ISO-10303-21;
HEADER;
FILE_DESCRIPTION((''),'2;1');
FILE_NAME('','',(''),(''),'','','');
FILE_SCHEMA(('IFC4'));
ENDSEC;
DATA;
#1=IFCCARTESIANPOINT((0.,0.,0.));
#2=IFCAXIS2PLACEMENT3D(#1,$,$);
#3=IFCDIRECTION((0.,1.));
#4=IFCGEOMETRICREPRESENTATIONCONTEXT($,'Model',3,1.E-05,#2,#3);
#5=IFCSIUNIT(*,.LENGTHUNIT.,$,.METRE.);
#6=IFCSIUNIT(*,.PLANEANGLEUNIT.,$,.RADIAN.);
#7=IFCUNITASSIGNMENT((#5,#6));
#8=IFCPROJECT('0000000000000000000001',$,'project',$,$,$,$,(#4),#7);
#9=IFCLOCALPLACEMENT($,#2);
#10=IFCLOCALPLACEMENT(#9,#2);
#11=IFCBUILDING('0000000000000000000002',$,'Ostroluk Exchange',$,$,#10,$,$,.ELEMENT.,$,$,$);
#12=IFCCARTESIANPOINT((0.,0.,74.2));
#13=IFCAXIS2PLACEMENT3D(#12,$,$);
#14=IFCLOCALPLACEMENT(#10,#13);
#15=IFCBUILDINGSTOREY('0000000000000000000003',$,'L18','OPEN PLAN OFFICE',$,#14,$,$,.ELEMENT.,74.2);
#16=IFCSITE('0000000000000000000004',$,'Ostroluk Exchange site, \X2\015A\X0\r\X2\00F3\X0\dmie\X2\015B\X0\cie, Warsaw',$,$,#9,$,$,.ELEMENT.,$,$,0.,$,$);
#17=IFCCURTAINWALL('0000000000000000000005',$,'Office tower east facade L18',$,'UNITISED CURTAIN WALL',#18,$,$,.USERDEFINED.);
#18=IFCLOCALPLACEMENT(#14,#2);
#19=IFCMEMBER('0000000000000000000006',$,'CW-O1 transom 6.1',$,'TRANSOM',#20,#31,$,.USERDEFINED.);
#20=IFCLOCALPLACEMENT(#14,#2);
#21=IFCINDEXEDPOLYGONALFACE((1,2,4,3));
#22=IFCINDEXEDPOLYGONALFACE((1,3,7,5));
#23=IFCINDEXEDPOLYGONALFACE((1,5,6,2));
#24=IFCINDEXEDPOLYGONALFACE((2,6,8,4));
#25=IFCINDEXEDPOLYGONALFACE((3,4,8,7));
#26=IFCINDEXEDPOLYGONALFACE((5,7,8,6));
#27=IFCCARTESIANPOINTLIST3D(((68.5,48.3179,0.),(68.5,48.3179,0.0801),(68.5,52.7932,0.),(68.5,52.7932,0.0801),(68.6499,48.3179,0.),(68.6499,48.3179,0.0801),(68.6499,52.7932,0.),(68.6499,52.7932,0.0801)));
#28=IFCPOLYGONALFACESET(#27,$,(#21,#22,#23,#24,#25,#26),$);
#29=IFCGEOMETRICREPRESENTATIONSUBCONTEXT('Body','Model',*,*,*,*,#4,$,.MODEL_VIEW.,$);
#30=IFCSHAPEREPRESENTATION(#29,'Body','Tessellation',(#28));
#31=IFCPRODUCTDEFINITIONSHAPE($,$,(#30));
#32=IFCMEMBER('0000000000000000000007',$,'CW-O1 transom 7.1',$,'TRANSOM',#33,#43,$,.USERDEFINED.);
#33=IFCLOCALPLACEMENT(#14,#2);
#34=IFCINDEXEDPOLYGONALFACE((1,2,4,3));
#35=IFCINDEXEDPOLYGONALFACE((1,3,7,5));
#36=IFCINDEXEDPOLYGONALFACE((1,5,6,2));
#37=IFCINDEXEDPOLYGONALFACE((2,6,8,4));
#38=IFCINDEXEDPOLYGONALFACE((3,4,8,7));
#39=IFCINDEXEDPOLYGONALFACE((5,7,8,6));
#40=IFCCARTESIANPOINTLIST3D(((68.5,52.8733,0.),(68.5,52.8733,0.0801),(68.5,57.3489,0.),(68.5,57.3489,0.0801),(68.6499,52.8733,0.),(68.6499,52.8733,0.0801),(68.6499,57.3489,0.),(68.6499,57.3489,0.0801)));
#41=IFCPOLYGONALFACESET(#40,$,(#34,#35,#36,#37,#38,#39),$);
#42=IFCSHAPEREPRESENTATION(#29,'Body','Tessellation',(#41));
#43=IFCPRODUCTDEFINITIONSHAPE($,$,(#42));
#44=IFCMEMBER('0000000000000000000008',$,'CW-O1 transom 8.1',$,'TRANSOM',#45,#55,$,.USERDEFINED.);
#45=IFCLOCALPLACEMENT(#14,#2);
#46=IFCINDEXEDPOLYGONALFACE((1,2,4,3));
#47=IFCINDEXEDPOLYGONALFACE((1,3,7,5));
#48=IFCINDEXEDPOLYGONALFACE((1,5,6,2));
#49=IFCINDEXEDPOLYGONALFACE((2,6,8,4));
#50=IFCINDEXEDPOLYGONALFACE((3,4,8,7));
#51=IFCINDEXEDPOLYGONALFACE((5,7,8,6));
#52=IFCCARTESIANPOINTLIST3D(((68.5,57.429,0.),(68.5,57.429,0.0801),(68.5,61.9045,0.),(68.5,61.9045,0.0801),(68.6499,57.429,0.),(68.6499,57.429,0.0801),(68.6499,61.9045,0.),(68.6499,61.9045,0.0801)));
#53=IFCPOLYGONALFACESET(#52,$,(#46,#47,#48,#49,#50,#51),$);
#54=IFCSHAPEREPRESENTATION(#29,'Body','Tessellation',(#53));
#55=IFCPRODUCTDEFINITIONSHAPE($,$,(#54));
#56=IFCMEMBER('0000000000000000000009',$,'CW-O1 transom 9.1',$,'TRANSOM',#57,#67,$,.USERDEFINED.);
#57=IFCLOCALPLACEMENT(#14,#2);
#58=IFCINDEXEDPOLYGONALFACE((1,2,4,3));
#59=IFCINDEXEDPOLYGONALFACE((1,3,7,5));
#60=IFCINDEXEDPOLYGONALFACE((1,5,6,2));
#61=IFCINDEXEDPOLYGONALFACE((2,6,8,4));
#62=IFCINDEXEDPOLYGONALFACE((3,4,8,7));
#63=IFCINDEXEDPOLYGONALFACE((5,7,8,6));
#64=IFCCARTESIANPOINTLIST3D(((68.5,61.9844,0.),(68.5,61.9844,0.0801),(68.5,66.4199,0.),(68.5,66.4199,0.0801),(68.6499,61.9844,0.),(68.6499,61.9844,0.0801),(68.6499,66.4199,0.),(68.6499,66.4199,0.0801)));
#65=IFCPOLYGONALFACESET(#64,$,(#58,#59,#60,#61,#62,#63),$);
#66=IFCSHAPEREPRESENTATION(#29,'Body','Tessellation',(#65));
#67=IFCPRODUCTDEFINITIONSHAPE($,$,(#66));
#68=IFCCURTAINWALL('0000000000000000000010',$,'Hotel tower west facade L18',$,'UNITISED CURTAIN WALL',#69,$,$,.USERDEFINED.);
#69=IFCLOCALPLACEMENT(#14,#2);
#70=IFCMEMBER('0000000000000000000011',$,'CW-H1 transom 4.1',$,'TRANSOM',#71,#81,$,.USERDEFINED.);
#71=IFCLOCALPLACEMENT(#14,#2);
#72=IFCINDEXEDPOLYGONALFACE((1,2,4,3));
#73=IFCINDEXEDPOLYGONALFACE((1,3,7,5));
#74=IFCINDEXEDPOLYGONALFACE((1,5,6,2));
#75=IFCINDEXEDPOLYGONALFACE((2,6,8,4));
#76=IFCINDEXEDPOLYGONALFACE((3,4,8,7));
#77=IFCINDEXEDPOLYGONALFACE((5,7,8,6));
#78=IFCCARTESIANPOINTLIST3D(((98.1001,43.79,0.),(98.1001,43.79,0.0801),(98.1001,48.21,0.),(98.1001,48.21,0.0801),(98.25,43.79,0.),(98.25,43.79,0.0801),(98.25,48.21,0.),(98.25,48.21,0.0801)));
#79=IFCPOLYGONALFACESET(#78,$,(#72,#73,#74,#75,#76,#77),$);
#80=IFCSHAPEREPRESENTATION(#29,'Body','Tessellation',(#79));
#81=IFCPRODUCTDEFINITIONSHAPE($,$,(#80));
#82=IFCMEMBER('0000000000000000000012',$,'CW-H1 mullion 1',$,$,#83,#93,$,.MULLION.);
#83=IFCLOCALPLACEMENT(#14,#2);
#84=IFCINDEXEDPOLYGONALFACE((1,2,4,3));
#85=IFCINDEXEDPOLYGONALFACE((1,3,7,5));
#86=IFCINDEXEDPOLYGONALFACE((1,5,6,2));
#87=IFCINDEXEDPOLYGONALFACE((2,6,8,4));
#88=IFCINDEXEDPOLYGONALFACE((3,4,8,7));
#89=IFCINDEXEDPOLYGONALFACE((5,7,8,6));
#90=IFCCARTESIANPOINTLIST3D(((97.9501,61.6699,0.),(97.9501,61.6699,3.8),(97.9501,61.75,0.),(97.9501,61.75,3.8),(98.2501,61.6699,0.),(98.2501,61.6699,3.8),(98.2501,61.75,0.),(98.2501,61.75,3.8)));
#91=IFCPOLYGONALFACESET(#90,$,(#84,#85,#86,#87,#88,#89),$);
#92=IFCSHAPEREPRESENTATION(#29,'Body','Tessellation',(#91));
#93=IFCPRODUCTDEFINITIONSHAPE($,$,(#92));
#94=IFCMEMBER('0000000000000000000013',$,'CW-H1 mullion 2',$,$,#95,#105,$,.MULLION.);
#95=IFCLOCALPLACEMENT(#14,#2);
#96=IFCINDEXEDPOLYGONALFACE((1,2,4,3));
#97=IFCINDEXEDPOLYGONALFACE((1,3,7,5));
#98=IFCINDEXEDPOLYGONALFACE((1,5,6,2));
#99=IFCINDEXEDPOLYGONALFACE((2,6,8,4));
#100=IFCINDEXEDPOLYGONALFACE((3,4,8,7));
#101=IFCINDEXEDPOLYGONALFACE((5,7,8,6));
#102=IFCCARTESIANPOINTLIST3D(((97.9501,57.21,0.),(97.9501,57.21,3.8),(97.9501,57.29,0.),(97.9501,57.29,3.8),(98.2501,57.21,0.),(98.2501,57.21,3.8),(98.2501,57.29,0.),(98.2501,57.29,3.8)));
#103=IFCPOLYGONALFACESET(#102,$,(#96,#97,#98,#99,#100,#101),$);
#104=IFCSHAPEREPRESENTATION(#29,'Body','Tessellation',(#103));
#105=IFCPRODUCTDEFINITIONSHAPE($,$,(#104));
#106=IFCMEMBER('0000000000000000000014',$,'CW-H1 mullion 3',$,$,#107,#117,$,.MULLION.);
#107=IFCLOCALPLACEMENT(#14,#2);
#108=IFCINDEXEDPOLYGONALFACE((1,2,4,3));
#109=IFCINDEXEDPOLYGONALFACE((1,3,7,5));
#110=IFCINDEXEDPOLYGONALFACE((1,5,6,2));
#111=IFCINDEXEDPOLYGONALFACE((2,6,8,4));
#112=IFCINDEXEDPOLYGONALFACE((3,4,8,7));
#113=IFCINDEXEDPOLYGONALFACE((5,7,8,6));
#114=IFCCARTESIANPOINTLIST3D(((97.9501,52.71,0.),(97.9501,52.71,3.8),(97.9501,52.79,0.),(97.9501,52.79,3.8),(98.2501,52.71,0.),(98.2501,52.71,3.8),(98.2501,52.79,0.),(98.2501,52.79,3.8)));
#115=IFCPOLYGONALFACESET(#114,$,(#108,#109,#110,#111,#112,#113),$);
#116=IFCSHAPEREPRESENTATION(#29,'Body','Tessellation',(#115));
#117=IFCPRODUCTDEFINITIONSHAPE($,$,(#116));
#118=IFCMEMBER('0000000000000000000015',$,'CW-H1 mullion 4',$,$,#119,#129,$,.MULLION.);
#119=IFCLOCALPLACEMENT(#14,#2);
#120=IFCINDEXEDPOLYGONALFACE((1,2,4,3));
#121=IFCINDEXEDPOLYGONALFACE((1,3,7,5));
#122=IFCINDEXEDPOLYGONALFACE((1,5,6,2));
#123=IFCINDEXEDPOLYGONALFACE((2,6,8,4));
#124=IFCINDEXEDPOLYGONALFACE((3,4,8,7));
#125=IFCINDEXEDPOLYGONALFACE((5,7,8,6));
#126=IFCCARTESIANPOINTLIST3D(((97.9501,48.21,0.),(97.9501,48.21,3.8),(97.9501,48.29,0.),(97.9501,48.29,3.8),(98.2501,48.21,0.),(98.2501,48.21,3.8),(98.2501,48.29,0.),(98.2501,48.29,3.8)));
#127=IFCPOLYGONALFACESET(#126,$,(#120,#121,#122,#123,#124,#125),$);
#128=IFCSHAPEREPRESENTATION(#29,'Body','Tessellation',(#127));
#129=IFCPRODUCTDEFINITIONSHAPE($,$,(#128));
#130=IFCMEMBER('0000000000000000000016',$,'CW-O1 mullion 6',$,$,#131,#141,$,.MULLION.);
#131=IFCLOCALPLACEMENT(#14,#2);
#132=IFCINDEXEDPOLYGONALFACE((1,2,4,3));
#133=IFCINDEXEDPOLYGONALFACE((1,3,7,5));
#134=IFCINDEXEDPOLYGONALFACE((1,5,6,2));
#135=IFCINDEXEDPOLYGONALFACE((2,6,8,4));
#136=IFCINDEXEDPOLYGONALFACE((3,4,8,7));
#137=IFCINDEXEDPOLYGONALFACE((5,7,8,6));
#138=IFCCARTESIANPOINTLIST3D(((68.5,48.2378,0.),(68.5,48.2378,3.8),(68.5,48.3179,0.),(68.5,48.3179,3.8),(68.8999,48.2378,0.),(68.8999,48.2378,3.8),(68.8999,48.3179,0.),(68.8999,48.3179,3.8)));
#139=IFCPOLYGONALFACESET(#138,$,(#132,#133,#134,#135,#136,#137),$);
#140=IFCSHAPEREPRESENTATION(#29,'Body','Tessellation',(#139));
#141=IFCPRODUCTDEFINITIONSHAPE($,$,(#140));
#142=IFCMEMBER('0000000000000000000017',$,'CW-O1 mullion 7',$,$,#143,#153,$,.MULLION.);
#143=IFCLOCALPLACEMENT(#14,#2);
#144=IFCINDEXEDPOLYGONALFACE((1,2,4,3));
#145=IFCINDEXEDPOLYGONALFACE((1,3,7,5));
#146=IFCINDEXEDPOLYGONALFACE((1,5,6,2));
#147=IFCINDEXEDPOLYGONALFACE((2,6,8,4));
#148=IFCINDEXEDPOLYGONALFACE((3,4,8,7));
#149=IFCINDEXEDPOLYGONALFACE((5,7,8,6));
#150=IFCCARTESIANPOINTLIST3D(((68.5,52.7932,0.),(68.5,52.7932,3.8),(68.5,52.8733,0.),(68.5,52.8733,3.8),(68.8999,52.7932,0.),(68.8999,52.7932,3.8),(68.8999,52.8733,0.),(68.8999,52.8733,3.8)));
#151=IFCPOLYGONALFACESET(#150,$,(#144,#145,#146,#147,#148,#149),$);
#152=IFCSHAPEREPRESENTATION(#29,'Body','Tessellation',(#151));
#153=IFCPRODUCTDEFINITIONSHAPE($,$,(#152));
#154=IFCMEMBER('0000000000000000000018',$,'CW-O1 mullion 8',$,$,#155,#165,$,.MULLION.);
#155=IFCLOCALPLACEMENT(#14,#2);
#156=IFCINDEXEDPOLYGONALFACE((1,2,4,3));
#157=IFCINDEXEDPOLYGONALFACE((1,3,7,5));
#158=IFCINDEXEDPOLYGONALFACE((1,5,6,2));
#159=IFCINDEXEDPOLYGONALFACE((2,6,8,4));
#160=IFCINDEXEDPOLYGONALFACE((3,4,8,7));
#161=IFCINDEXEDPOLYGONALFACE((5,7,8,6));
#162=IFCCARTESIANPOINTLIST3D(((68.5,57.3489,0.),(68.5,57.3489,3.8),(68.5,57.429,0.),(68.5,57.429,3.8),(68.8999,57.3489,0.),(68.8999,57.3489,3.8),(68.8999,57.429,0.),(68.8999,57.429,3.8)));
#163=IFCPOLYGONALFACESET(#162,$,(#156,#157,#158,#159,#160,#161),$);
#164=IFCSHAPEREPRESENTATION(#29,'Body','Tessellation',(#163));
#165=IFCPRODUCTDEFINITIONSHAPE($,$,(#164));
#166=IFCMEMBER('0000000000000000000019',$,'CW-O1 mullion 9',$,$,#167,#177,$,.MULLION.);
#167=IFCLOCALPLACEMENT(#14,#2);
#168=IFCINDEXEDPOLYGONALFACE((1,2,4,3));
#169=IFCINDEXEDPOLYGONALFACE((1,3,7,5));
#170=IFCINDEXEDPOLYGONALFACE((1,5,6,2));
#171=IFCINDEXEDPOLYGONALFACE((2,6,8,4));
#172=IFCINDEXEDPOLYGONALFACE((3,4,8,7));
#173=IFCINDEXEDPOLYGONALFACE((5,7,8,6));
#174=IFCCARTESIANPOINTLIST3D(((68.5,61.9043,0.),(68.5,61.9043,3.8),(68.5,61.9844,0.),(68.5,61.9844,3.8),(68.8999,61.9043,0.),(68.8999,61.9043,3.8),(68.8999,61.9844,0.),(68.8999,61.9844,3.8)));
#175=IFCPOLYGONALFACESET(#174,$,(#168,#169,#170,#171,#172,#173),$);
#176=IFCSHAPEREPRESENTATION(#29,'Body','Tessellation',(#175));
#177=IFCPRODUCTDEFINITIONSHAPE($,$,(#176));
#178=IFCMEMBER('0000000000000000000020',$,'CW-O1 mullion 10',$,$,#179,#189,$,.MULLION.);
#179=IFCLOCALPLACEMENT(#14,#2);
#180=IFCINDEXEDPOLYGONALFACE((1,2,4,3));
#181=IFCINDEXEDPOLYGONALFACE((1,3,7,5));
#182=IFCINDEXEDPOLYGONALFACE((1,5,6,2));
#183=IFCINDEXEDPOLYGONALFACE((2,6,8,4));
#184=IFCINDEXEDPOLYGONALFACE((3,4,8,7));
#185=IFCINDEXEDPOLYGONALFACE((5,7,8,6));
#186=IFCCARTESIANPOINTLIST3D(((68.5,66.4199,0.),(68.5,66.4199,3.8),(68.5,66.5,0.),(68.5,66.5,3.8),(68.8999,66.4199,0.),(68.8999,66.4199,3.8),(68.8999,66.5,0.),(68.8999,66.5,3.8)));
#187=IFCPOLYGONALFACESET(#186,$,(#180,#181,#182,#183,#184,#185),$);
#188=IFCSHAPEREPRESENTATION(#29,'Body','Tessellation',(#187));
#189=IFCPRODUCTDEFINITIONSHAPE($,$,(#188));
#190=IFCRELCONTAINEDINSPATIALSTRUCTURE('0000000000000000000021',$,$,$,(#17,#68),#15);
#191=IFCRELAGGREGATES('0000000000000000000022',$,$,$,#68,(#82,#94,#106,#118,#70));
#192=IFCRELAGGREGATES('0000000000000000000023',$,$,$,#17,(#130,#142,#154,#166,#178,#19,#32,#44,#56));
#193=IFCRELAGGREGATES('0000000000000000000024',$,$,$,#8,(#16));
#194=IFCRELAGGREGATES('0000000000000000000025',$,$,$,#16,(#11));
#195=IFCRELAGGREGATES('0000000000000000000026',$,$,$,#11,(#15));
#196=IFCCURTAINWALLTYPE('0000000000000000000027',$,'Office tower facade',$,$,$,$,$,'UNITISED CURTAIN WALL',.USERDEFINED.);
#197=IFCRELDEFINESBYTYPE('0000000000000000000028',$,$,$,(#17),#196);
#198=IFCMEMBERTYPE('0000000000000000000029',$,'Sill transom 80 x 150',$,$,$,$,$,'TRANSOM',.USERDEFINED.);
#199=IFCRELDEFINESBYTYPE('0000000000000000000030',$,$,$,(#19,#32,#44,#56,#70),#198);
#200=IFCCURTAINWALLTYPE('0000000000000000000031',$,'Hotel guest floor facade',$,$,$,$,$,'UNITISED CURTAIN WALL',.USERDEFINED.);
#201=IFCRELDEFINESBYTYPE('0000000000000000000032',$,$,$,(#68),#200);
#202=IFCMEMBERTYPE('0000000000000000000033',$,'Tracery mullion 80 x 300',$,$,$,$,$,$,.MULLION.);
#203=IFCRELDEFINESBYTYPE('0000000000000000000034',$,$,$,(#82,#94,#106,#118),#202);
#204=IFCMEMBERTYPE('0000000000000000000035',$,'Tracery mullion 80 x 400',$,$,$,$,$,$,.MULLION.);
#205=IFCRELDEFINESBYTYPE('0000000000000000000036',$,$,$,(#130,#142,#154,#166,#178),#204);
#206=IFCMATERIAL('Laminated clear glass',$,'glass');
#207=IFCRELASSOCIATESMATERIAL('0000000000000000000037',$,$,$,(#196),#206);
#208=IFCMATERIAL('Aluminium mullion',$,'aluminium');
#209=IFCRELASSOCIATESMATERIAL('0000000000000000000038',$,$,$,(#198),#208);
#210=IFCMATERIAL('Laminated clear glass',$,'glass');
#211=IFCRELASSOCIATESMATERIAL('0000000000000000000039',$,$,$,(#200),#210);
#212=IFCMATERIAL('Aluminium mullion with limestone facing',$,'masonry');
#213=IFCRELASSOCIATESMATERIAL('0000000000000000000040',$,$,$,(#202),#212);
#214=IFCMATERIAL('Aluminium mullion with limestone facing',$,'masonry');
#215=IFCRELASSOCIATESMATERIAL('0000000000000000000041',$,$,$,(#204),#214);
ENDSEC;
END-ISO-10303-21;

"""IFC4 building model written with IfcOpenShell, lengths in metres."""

from ifc_helpers import new_model, si_unit, direction, frame, origin, origin_2d, place, context, subcontext, project, spatial, rectangle, extrude, material, material_profile, profile_set, type_object, element, aggregate, save


model = new_model("IFC4")

# Units and contexts
model_context = context("Model", 3, precision=1e-05, world=origin(), true_north=direction((0.0, 1.0)))
body_context = subcontext(model_context, "Body", "Model", "MODEL_VIEW")
ifc_project = project(units=[si_unit("LENGTHUNIT", "METRE"), si_unit("PLANEANGLEUNIT", "RADIAN")], contexts=[model_context])

# Site, building, storey
site_placement = place(None, origin())
site = spatial("IfcSite", under=ifc_project, at=site_placement, Name="Ostroluk Exchange site, Śródmieście, Warsaw", CompositionType="ELEMENT", RefElevation=0.0)
building_placement = place(site_placement, origin())
building = spatial("IfcBuilding", under=site, at=building_placement, Name="Ostroluk Exchange", CompositionType="ELEMENT")
storey_placement = place(building_placement, frame((0.0, 0.0, 74.2)))
storey = spatial("IfcBuildingStorey", under=building, at=storey_placement, Name="L18", Description="OPEN PLAN OFFICE", CompositionType="ELEMENT", Elevation=74.2)

# Curtain walls, members
ifc_material_1 = material(Name="Laminated clear glass", Category="glass")
curtain_wall_type_1 = type_object("IfcCurtainWallType", Name="Office tower facade", ElementType="UNITISED CURTAIN WALL", PredefinedType="USERDEFINED", material=ifc_material_1)
curtain_wall_1_placement = place(storey_placement, origin())
curtain_wall_1 = element("IfcCurtainWall", 1, at=curtain_wall_1_placement, inside=storey, type_object=curtain_wall_type_1, Name="Office tower east facade L18", ObjectType="UNITISED CURTAIN WALL", PredefinedType="USERDEFINED")
ifc_material_2 = material(Name="Aluminium mullion", Category="aluminium")
ifc_material_profile_1 = material_profile(ifc_material_2, rectangle(XDim=0.1499, YDim=0.0801, at=origin_2d()), Name="Sill transom 80 x 150")
ifc_profile_set_1 = profile_set([ifc_material_profile_1], Name="Aluminium mullion")
member_type_1 = type_object("IfcMemberType", Name="Sill transom 80 x 150", ElementType="TRANSOM", PredefinedType="USERDEFINED", material=ifc_profile_set_1)
member_1_placement = place(storey_placement, frame((68.575, 48.3179, 0.04), z_axis=(0.0, 1.0, 0.0), x_axis=(-1.0, 0.0, 0.0)))
member_1 = element("IfcMember", 2, at=member_1_placement, type_object=member_type_1, Name="CW-O1 transom 6.1", ObjectType="TRANSOM", PredefinedType="USERDEFINED", context=body_context, shape_type="SweptSolid", body=[
    extrude(rectangle(XDim=0.1499, YDim=0.0801, at=origin_2d()), origin(), (0.0, 0.0, 1.0), 4.4753),
])
member_2_placement = place(storey_placement, frame((68.575, 52.8733, 0.04), z_axis=(0.0, 1.0, 0.0), x_axis=(-1.0, 0.0, 0.0)))
member_2 = element("IfcMember", 3, at=member_2_placement, type_object=member_type_1, Name="CW-O1 transom 7.1", ObjectType="TRANSOM", PredefinedType="USERDEFINED", context=body_context, shape_type="SweptSolid", body=[
    extrude(rectangle(XDim=0.1499, YDim=0.0801, at=origin_2d()), origin(), (0.0, 0.0, 1.0), 4.4756),
])
member_3_placement = place(storey_placement, frame((68.575, 57.429, 0.04), z_axis=(0.0, 1.0, 0.0), x_axis=(-1.0, 0.0, 0.0)))
member_3 = element("IfcMember", 4, at=member_3_placement, type_object=member_type_1, Name="CW-O1 transom 8.1", ObjectType="TRANSOM", PredefinedType="USERDEFINED", context=body_context, shape_type="SweptSolid", body=[
    extrude(rectangle(XDim=0.1499, YDim=0.0801, at=origin_2d()), origin(), (0.0, 0.0, 1.0), 4.4756),
])
member_4_placement = place(storey_placement, frame((68.575, 61.9844, 0.04), z_axis=(0.0, 1.0, 0.0), x_axis=(-1.0, 0.0, 0.0)))
member_4 = element("IfcMember", 5, at=member_4_placement, type_object=member_type_1, Name="CW-O1 transom 9.1", ObjectType="TRANSOM", PredefinedType="USERDEFINED", context=body_context, shape_type="SweptSolid", body=[
    extrude(rectangle(XDim=0.1499, YDim=0.0801, at=origin_2d()), origin(), (0.0, 0.0, 1.0), 4.4355),
])
ifc_material_3 = material(Name="Laminated clear glass", Category="glass")
curtain_wall_type_2 = type_object("IfcCurtainWallType", Name="Hotel guest floor facade", ElementType="UNITISED CURTAIN WALL", PredefinedType="USERDEFINED", material=ifc_material_3)
curtain_wall_2_placement = place(storey_placement, origin())
curtain_wall_2 = element("IfcCurtainWall", 6, at=curtain_wall_2_placement, inside=storey, type_object=curtain_wall_type_2, Name="Hotel tower west facade L18", ObjectType="UNITISED CURTAIN WALL", PredefinedType="USERDEFINED")
member_5_placement = place(storey_placement, frame((98.175, 48.21, 0.04), z_axis=(0.0, -1.0, 0.0), x_axis=(1.0, 0.0, 0.0)))
member_5 = element("IfcMember", 7, at=member_5_placement, type_object=member_type_1, Name="CW-H1 transom 4.1", ObjectType="TRANSOM", PredefinedType="USERDEFINED", context=body_context, shape_type="SweptSolid", body=[
    extrude(rectangle(XDim=0.1499, YDim=0.0801, at=origin_2d()), origin(), (0.0, 0.0, 1.0), 4.4199),
])
ifc_material_4 = material(Name="Aluminium mullion with limestone facing", Category="masonry")
ifc_material_profile_2 = material_profile(ifc_material_4, rectangle(XDim=0.3, YDim=0.0801, at=origin_2d()), Name="Tracery mullion 80 x 300")
ifc_profile_set_2 = profile_set([ifc_material_profile_2], Name="Aluminium mullion with limestone facing")
member_type_2 = type_object("IfcMemberType", Name="Tracery mullion 80 x 300", PredefinedType="MULLION", material=ifc_profile_set_2)
member_6_placement = place(storey_placement, frame((98.1001, 61.71, 0.0), z_axis=(0.0, 0.0, 1.0), x_axis=(1.0, 0.0, 0.0)))
member_6 = element("IfcMember", 8, at=member_6_placement, type_object=member_type_2, Name="CW-H1 mullion 1", PredefinedType="MULLION", context=body_context, shape_type="SweptSolid", body=[
    extrude(rectangle(XDim=0.3, YDim=0.0801, at=origin_2d()), origin(), (0.0, 0.0, 1.0), 3.8),
])
member_7_placement = place(storey_placement, frame((98.1001, 57.25, 0.0), z_axis=(0.0, 0.0, 1.0), x_axis=(1.0, 0.0, 0.0)))
member_7 = element("IfcMember", 9, at=member_7_placement, type_object=member_type_2, Name="CW-H1 mullion 2", PredefinedType="MULLION", context=body_context, shape_type="SweptSolid", body=[
    extrude(rectangle(XDim=0.3, YDim=0.0801, at=origin_2d()), origin(), (0.0, 0.0, 1.0), 3.8),
])
member_8_placement = place(storey_placement, frame((98.1001, 52.75, 0.0), z_axis=(0.0, 0.0, 1.0), x_axis=(1.0, 0.0, 0.0)))
member_8 = element("IfcMember", 10, at=member_8_placement, type_object=member_type_2, Name="CW-H1 mullion 3", PredefinedType="MULLION", context=body_context, shape_type="SweptSolid", body=[
    extrude(rectangle(XDim=0.3, YDim=0.0801, at=origin_2d()), origin(), (0.0, 0.0, 1.0), 3.8),
])
member_9_placement = place(storey_placement, frame((98.1001, 48.25, 0.0), z_axis=(0.0, 0.0, 1.0), x_axis=(1.0, 0.0, 0.0)))
member_9 = element("IfcMember", 11, at=member_9_placement, type_object=member_type_2, Name="CW-H1 mullion 4", PredefinedType="MULLION", context=body_context, shape_type="SweptSolid", body=[
    extrude(rectangle(XDim=0.3, YDim=0.0801, at=origin_2d()), origin(), (0.0, 0.0, 1.0), 3.8),
])

# Members
ifc_material_5 = material(Name="Aluminium mullion with limestone facing", Category="masonry")
ifc_material_profile_3 = material_profile(ifc_material_5, rectangle(XDim=0.3999, YDim=0.0801, at=origin_2d()), Name="Tracery mullion 80 x 400")
ifc_profile_set_3 = profile_set([ifc_material_profile_3], Name="Aluminium mullion with limestone facing")
member_type_3 = type_object("IfcMemberType", Name="Tracery mullion 80 x 400", PredefinedType="MULLION", material=ifc_profile_set_3)
member_10_placement = place(storey_placement, frame((68.7, 48.2778, 0.0), z_axis=(0.0, 0.0, 1.0), x_axis=(-1.0, 0.0, 0.0)))
member_10 = element("IfcMember", 12, at=member_10_placement, type_object=member_type_3, Name="CW-O1 mullion 6", PredefinedType="MULLION", context=body_context, shape_type="SweptSolid", body=[
    extrude(rectangle(XDim=0.3999, YDim=0.0801, at=origin_2d()), origin(), (0.0, 0.0, 1.0), 3.8),
])
member_11_placement = place(storey_placement, frame((68.7, 52.8333, 0.0), z_axis=(0.0, 0.0, 1.0), x_axis=(-1.0, 0.0, 0.0)))
member_11 = element("IfcMember", 13, at=member_11_placement, type_object=member_type_3, Name="CW-O1 mullion 7", PredefinedType="MULLION", context=body_context, shape_type="SweptSolid", body=[
    extrude(rectangle(XDim=0.3999, YDim=0.0801, at=origin_2d()), origin(), (0.0, 0.0, 1.0), 3.8),
])
member_12_placement = place(storey_placement, frame((68.7, 57.3889, 0.0), z_axis=(0.0, 0.0, 1.0), x_axis=(-1.0, 0.0, 0.0)))
member_12 = element("IfcMember", 14, at=member_12_placement, type_object=member_type_3, Name="CW-O1 mullion 8", PredefinedType="MULLION", context=body_context, shape_type="SweptSolid", body=[
    extrude(rectangle(XDim=0.3999, YDim=0.0801, at=origin_2d()), origin(), (0.0, 0.0, 1.0), 3.8),
])
member_13_placement = place(storey_placement, frame((68.7, 61.9443, 0.0), z_axis=(0.0, 0.0, 1.0), x_axis=(-1.0, 0.0, 0.0)))
member_13 = element("IfcMember", 15, at=member_13_placement, type_object=member_type_3, Name="CW-O1 mullion 9", PredefinedType="MULLION", context=body_context, shape_type="SweptSolid", body=[
    extrude(rectangle(XDim=0.3999, YDim=0.0801, at=origin_2d()), origin(), (0.0, 0.0, 1.0), 3.8),
])
member_14_placement = place(storey_placement, frame((68.7, 66.46, 0.0), z_axis=(0.0, 0.0, 1.0), x_axis=(-1.0, 0.0, 0.0)))
member_14 = element("IfcMember", 16, at=member_14_placement, type_object=member_type_3, Name="CW-O1 mullion 10", PredefinedType="MULLION", context=body_context, shape_type="SweptSolid", body=[
    extrude(rectangle(XDim=0.3999, YDim=0.0801, at=origin_2d()), origin(), (0.0, 0.0, 1.0), 3.8),
])

aggregate(curtain_wall_2, [member_6, member_7, member_8, member_9, member_5])
aggregate(curtain_wall_1, [member_10, member_11, member_12, member_13, member_14, member_1, member_2, member_3, member_4])

save(model, "model.ifc")
